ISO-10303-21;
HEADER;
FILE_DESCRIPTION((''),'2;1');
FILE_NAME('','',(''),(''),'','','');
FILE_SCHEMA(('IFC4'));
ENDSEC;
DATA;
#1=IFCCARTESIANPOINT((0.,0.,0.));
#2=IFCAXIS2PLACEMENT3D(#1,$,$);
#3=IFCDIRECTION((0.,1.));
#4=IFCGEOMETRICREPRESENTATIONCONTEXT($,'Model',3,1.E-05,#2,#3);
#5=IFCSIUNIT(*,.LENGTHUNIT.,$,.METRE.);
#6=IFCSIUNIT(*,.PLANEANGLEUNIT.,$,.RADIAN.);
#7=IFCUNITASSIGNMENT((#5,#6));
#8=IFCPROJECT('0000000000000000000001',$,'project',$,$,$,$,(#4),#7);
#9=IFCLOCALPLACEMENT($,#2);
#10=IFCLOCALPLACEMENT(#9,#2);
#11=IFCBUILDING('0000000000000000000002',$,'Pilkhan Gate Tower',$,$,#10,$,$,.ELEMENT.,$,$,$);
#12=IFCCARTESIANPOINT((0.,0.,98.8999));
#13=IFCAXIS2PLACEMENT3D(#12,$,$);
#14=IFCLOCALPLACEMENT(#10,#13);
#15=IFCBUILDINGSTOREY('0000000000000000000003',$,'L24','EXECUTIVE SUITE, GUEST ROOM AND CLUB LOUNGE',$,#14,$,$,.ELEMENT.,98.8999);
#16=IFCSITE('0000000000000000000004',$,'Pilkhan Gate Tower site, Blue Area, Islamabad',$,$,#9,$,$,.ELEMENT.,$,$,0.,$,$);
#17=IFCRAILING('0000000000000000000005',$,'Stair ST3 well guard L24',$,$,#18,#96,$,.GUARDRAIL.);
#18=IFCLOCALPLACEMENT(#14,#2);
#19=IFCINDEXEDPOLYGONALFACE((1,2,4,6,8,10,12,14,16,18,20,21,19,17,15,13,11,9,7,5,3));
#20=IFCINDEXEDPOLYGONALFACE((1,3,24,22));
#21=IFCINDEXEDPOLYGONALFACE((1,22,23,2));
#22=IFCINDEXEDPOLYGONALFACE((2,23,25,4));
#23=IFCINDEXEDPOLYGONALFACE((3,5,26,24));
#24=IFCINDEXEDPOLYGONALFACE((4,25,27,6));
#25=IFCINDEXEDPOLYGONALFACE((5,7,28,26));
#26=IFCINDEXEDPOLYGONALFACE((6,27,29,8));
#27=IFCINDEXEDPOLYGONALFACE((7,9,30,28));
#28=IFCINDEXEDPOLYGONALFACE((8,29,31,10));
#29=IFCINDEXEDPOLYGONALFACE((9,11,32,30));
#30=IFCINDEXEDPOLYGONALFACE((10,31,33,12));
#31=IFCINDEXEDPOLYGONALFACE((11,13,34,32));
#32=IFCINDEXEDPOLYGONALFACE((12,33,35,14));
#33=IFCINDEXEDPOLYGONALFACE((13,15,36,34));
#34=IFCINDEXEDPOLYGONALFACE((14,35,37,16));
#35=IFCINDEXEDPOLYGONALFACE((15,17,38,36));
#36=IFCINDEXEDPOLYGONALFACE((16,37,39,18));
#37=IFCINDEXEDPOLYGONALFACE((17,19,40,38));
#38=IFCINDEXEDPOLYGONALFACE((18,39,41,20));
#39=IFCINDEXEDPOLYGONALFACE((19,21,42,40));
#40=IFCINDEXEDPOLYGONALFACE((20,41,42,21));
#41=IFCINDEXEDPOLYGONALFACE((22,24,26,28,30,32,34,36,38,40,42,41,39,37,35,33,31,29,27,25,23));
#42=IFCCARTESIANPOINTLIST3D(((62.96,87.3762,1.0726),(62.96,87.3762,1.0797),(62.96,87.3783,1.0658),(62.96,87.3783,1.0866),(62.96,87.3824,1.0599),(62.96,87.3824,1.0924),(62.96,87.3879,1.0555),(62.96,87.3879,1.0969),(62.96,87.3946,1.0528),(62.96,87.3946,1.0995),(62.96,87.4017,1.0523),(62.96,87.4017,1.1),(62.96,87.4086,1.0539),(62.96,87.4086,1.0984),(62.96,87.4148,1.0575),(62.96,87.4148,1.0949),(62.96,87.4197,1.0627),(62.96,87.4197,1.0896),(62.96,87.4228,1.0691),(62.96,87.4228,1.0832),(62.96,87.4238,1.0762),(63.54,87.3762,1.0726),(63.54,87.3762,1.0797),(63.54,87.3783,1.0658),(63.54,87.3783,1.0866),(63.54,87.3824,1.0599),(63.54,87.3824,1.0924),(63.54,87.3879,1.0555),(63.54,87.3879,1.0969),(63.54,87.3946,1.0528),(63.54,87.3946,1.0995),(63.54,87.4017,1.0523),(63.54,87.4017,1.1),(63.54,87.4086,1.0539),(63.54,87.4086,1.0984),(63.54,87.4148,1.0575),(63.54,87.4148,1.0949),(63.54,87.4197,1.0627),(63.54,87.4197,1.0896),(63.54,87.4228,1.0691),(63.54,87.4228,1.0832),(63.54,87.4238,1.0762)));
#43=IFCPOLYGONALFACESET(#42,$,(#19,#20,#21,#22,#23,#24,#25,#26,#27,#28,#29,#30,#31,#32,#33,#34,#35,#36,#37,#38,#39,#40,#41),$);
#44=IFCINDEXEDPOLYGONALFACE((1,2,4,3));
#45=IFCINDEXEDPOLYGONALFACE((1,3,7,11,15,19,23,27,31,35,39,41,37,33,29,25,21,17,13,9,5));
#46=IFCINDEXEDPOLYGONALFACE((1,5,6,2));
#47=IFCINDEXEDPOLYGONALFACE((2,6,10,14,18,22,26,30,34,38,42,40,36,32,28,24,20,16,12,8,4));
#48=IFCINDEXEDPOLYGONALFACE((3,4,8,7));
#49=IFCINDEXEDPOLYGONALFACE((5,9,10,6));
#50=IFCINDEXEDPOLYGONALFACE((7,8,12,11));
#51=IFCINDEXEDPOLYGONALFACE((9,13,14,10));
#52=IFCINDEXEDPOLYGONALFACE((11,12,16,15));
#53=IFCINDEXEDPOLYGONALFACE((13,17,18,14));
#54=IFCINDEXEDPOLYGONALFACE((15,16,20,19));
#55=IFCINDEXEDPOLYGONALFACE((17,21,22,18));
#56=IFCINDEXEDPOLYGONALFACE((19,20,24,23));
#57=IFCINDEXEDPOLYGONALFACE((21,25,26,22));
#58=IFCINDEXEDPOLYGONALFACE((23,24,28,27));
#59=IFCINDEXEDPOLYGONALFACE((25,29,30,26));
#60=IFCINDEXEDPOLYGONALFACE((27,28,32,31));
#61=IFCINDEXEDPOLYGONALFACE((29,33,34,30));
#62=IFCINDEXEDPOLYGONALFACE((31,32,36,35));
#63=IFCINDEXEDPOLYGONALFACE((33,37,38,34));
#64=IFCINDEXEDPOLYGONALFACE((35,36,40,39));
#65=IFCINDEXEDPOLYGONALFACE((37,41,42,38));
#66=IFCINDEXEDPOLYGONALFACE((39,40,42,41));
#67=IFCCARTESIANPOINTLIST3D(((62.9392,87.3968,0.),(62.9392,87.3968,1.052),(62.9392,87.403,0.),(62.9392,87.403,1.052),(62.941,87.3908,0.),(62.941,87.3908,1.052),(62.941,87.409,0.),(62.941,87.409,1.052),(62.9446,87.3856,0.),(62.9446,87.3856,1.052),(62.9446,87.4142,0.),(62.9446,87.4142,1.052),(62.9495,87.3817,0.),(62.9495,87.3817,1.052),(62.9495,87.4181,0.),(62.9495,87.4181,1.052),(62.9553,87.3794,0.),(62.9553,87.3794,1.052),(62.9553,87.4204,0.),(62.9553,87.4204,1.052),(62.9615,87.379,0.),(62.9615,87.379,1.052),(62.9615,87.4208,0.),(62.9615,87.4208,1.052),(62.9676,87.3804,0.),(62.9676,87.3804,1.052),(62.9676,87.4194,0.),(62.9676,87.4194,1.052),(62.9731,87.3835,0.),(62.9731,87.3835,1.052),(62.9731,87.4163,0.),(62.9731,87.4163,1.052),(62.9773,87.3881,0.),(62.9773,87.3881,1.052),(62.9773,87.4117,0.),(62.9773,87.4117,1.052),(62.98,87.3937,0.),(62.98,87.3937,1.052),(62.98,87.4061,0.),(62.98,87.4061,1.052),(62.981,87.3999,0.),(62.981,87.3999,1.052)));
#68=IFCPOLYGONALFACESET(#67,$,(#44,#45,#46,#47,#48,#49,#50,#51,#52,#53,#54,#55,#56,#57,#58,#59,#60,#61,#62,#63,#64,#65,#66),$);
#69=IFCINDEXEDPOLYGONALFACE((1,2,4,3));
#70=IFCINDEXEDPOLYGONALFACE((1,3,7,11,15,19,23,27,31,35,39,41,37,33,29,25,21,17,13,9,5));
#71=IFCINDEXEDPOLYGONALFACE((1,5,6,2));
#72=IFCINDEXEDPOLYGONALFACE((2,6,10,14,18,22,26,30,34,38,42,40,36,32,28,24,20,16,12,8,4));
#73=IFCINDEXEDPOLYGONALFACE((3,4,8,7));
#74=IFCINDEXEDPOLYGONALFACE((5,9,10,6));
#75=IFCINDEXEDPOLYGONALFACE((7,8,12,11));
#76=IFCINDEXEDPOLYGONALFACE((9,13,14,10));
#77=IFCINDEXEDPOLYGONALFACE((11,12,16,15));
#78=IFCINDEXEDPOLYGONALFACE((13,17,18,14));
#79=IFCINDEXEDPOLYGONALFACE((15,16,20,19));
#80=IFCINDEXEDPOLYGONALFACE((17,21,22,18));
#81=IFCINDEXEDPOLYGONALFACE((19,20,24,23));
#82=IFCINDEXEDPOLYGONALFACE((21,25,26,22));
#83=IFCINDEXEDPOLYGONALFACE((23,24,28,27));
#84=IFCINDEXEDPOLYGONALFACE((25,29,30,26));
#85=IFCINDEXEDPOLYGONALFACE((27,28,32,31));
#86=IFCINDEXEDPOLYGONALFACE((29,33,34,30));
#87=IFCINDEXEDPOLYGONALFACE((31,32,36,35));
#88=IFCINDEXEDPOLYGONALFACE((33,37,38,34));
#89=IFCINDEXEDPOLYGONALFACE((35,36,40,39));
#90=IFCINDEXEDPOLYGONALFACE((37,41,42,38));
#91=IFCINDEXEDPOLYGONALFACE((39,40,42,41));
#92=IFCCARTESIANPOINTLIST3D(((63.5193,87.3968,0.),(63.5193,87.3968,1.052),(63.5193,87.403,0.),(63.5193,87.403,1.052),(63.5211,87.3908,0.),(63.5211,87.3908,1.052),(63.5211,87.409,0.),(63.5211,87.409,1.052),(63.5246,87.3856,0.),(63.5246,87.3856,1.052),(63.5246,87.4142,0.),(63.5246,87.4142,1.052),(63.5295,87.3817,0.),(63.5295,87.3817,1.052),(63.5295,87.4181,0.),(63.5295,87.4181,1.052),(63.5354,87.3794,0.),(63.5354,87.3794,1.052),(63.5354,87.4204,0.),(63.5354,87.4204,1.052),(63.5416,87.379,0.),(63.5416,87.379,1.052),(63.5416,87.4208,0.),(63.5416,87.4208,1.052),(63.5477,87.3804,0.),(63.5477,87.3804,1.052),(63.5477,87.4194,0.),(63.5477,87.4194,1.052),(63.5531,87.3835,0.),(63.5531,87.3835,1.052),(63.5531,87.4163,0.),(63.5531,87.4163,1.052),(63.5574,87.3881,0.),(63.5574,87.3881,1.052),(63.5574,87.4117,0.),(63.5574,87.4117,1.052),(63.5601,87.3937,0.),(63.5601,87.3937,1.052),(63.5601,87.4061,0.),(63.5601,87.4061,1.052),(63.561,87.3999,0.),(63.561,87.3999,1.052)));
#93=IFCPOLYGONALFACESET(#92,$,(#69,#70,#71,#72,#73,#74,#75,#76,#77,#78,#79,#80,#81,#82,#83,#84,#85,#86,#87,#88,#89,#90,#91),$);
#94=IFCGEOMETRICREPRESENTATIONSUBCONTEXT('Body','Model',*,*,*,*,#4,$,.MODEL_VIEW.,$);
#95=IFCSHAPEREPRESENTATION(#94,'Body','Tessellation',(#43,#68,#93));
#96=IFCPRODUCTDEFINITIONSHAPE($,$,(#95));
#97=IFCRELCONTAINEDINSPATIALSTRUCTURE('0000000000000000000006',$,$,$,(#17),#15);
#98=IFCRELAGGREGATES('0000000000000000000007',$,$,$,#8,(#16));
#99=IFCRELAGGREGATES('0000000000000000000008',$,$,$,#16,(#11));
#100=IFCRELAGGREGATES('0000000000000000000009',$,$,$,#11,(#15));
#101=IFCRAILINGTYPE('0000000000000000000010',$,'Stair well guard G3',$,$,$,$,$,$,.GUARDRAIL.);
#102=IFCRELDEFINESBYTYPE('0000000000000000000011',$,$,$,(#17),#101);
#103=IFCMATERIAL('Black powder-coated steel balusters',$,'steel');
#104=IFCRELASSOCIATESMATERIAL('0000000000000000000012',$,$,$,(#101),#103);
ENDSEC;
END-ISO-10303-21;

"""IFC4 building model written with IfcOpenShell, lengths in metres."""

from ifc_helpers import new_model, si_unit, direction, frame, origin, origin_2d, place, context, subcontext, project, spatial, circle, extrude, material, type_object, element, save


model = new_model("IFC4")

# Units and contexts
model_context = context("Model", 3, precision=1e-05, world=origin(), true_north=direction((0.0, 1.0)))
body_context = subcontext(model_context, "Body", "Model", "MODEL_VIEW")
ifc_project = project(units=[si_unit("LENGTHUNIT", "METRE"), si_unit("PLANEANGLEUNIT", "RADIAN")], contexts=[model_context])

# Site, building, storey
site_placement = place(None, origin())
site = spatial("IfcSite", under=ifc_project, at=site_placement, Name="Pilkhan Gate Tower site, Blue Area, Islamabad", CompositionType="ELEMENT", RefElevation=0.0)
building_placement = place(site_placement, origin())
building = spatial("IfcBuilding", under=site, at=building_placement, Name="Pilkhan Gate Tower", CompositionType="ELEMENT")
storey_placement = place(building_placement, frame((0.0, 0.0, 98.8999)))
storey = spatial("IfcBuildingStorey", under=building, at=storey_placement, Name="L24", Description="EXECUTIVE SUITE, GUEST ROOM AND CLUB LOUNGE", CompositionType="ELEMENT", Elevation=98.8999)

# Railing
ifc_material_1 = material(Name="Black powder-coated steel balusters", Category="steel")
railing_type_1 = type_object("IfcRailingType", Name="Stair well guard G3", PredefinedType="GUARDRAIL", material=ifc_material_1)
railing_1_placement = place(storey_placement, frame((62.96, 87.3999, 0.0)))
element("IfcRailing", 1, at=railing_1_placement, inside=storey, type_object=railing_type_1, Name="Stair ST3 well guard L24", PredefinedType="GUARDRAIL", context=body_context, shape_type="SweptSolid", body=[
    extrude(circle(Radius=0.0239, at=origin_2d()), frame((0.0, 0.0, 1.0762), z_axis=(1.0, 0.0, 0.0), x_axis=(0.0, 1.0, 0.0)), (0.0, 0.0, 1.0), 0.5801),
    extrude(circle(Radius=0.021, at=origin_2d()), origin(), (0.0, 0.0, 1.0), 1.052),
    extrude(circle(Radius=0.021, at=origin_2d()), frame((0.5801, 0.0, 0.0)), (0.0, 0.0, 1.0), 1.052),
])

save(model, "model.ifc")
